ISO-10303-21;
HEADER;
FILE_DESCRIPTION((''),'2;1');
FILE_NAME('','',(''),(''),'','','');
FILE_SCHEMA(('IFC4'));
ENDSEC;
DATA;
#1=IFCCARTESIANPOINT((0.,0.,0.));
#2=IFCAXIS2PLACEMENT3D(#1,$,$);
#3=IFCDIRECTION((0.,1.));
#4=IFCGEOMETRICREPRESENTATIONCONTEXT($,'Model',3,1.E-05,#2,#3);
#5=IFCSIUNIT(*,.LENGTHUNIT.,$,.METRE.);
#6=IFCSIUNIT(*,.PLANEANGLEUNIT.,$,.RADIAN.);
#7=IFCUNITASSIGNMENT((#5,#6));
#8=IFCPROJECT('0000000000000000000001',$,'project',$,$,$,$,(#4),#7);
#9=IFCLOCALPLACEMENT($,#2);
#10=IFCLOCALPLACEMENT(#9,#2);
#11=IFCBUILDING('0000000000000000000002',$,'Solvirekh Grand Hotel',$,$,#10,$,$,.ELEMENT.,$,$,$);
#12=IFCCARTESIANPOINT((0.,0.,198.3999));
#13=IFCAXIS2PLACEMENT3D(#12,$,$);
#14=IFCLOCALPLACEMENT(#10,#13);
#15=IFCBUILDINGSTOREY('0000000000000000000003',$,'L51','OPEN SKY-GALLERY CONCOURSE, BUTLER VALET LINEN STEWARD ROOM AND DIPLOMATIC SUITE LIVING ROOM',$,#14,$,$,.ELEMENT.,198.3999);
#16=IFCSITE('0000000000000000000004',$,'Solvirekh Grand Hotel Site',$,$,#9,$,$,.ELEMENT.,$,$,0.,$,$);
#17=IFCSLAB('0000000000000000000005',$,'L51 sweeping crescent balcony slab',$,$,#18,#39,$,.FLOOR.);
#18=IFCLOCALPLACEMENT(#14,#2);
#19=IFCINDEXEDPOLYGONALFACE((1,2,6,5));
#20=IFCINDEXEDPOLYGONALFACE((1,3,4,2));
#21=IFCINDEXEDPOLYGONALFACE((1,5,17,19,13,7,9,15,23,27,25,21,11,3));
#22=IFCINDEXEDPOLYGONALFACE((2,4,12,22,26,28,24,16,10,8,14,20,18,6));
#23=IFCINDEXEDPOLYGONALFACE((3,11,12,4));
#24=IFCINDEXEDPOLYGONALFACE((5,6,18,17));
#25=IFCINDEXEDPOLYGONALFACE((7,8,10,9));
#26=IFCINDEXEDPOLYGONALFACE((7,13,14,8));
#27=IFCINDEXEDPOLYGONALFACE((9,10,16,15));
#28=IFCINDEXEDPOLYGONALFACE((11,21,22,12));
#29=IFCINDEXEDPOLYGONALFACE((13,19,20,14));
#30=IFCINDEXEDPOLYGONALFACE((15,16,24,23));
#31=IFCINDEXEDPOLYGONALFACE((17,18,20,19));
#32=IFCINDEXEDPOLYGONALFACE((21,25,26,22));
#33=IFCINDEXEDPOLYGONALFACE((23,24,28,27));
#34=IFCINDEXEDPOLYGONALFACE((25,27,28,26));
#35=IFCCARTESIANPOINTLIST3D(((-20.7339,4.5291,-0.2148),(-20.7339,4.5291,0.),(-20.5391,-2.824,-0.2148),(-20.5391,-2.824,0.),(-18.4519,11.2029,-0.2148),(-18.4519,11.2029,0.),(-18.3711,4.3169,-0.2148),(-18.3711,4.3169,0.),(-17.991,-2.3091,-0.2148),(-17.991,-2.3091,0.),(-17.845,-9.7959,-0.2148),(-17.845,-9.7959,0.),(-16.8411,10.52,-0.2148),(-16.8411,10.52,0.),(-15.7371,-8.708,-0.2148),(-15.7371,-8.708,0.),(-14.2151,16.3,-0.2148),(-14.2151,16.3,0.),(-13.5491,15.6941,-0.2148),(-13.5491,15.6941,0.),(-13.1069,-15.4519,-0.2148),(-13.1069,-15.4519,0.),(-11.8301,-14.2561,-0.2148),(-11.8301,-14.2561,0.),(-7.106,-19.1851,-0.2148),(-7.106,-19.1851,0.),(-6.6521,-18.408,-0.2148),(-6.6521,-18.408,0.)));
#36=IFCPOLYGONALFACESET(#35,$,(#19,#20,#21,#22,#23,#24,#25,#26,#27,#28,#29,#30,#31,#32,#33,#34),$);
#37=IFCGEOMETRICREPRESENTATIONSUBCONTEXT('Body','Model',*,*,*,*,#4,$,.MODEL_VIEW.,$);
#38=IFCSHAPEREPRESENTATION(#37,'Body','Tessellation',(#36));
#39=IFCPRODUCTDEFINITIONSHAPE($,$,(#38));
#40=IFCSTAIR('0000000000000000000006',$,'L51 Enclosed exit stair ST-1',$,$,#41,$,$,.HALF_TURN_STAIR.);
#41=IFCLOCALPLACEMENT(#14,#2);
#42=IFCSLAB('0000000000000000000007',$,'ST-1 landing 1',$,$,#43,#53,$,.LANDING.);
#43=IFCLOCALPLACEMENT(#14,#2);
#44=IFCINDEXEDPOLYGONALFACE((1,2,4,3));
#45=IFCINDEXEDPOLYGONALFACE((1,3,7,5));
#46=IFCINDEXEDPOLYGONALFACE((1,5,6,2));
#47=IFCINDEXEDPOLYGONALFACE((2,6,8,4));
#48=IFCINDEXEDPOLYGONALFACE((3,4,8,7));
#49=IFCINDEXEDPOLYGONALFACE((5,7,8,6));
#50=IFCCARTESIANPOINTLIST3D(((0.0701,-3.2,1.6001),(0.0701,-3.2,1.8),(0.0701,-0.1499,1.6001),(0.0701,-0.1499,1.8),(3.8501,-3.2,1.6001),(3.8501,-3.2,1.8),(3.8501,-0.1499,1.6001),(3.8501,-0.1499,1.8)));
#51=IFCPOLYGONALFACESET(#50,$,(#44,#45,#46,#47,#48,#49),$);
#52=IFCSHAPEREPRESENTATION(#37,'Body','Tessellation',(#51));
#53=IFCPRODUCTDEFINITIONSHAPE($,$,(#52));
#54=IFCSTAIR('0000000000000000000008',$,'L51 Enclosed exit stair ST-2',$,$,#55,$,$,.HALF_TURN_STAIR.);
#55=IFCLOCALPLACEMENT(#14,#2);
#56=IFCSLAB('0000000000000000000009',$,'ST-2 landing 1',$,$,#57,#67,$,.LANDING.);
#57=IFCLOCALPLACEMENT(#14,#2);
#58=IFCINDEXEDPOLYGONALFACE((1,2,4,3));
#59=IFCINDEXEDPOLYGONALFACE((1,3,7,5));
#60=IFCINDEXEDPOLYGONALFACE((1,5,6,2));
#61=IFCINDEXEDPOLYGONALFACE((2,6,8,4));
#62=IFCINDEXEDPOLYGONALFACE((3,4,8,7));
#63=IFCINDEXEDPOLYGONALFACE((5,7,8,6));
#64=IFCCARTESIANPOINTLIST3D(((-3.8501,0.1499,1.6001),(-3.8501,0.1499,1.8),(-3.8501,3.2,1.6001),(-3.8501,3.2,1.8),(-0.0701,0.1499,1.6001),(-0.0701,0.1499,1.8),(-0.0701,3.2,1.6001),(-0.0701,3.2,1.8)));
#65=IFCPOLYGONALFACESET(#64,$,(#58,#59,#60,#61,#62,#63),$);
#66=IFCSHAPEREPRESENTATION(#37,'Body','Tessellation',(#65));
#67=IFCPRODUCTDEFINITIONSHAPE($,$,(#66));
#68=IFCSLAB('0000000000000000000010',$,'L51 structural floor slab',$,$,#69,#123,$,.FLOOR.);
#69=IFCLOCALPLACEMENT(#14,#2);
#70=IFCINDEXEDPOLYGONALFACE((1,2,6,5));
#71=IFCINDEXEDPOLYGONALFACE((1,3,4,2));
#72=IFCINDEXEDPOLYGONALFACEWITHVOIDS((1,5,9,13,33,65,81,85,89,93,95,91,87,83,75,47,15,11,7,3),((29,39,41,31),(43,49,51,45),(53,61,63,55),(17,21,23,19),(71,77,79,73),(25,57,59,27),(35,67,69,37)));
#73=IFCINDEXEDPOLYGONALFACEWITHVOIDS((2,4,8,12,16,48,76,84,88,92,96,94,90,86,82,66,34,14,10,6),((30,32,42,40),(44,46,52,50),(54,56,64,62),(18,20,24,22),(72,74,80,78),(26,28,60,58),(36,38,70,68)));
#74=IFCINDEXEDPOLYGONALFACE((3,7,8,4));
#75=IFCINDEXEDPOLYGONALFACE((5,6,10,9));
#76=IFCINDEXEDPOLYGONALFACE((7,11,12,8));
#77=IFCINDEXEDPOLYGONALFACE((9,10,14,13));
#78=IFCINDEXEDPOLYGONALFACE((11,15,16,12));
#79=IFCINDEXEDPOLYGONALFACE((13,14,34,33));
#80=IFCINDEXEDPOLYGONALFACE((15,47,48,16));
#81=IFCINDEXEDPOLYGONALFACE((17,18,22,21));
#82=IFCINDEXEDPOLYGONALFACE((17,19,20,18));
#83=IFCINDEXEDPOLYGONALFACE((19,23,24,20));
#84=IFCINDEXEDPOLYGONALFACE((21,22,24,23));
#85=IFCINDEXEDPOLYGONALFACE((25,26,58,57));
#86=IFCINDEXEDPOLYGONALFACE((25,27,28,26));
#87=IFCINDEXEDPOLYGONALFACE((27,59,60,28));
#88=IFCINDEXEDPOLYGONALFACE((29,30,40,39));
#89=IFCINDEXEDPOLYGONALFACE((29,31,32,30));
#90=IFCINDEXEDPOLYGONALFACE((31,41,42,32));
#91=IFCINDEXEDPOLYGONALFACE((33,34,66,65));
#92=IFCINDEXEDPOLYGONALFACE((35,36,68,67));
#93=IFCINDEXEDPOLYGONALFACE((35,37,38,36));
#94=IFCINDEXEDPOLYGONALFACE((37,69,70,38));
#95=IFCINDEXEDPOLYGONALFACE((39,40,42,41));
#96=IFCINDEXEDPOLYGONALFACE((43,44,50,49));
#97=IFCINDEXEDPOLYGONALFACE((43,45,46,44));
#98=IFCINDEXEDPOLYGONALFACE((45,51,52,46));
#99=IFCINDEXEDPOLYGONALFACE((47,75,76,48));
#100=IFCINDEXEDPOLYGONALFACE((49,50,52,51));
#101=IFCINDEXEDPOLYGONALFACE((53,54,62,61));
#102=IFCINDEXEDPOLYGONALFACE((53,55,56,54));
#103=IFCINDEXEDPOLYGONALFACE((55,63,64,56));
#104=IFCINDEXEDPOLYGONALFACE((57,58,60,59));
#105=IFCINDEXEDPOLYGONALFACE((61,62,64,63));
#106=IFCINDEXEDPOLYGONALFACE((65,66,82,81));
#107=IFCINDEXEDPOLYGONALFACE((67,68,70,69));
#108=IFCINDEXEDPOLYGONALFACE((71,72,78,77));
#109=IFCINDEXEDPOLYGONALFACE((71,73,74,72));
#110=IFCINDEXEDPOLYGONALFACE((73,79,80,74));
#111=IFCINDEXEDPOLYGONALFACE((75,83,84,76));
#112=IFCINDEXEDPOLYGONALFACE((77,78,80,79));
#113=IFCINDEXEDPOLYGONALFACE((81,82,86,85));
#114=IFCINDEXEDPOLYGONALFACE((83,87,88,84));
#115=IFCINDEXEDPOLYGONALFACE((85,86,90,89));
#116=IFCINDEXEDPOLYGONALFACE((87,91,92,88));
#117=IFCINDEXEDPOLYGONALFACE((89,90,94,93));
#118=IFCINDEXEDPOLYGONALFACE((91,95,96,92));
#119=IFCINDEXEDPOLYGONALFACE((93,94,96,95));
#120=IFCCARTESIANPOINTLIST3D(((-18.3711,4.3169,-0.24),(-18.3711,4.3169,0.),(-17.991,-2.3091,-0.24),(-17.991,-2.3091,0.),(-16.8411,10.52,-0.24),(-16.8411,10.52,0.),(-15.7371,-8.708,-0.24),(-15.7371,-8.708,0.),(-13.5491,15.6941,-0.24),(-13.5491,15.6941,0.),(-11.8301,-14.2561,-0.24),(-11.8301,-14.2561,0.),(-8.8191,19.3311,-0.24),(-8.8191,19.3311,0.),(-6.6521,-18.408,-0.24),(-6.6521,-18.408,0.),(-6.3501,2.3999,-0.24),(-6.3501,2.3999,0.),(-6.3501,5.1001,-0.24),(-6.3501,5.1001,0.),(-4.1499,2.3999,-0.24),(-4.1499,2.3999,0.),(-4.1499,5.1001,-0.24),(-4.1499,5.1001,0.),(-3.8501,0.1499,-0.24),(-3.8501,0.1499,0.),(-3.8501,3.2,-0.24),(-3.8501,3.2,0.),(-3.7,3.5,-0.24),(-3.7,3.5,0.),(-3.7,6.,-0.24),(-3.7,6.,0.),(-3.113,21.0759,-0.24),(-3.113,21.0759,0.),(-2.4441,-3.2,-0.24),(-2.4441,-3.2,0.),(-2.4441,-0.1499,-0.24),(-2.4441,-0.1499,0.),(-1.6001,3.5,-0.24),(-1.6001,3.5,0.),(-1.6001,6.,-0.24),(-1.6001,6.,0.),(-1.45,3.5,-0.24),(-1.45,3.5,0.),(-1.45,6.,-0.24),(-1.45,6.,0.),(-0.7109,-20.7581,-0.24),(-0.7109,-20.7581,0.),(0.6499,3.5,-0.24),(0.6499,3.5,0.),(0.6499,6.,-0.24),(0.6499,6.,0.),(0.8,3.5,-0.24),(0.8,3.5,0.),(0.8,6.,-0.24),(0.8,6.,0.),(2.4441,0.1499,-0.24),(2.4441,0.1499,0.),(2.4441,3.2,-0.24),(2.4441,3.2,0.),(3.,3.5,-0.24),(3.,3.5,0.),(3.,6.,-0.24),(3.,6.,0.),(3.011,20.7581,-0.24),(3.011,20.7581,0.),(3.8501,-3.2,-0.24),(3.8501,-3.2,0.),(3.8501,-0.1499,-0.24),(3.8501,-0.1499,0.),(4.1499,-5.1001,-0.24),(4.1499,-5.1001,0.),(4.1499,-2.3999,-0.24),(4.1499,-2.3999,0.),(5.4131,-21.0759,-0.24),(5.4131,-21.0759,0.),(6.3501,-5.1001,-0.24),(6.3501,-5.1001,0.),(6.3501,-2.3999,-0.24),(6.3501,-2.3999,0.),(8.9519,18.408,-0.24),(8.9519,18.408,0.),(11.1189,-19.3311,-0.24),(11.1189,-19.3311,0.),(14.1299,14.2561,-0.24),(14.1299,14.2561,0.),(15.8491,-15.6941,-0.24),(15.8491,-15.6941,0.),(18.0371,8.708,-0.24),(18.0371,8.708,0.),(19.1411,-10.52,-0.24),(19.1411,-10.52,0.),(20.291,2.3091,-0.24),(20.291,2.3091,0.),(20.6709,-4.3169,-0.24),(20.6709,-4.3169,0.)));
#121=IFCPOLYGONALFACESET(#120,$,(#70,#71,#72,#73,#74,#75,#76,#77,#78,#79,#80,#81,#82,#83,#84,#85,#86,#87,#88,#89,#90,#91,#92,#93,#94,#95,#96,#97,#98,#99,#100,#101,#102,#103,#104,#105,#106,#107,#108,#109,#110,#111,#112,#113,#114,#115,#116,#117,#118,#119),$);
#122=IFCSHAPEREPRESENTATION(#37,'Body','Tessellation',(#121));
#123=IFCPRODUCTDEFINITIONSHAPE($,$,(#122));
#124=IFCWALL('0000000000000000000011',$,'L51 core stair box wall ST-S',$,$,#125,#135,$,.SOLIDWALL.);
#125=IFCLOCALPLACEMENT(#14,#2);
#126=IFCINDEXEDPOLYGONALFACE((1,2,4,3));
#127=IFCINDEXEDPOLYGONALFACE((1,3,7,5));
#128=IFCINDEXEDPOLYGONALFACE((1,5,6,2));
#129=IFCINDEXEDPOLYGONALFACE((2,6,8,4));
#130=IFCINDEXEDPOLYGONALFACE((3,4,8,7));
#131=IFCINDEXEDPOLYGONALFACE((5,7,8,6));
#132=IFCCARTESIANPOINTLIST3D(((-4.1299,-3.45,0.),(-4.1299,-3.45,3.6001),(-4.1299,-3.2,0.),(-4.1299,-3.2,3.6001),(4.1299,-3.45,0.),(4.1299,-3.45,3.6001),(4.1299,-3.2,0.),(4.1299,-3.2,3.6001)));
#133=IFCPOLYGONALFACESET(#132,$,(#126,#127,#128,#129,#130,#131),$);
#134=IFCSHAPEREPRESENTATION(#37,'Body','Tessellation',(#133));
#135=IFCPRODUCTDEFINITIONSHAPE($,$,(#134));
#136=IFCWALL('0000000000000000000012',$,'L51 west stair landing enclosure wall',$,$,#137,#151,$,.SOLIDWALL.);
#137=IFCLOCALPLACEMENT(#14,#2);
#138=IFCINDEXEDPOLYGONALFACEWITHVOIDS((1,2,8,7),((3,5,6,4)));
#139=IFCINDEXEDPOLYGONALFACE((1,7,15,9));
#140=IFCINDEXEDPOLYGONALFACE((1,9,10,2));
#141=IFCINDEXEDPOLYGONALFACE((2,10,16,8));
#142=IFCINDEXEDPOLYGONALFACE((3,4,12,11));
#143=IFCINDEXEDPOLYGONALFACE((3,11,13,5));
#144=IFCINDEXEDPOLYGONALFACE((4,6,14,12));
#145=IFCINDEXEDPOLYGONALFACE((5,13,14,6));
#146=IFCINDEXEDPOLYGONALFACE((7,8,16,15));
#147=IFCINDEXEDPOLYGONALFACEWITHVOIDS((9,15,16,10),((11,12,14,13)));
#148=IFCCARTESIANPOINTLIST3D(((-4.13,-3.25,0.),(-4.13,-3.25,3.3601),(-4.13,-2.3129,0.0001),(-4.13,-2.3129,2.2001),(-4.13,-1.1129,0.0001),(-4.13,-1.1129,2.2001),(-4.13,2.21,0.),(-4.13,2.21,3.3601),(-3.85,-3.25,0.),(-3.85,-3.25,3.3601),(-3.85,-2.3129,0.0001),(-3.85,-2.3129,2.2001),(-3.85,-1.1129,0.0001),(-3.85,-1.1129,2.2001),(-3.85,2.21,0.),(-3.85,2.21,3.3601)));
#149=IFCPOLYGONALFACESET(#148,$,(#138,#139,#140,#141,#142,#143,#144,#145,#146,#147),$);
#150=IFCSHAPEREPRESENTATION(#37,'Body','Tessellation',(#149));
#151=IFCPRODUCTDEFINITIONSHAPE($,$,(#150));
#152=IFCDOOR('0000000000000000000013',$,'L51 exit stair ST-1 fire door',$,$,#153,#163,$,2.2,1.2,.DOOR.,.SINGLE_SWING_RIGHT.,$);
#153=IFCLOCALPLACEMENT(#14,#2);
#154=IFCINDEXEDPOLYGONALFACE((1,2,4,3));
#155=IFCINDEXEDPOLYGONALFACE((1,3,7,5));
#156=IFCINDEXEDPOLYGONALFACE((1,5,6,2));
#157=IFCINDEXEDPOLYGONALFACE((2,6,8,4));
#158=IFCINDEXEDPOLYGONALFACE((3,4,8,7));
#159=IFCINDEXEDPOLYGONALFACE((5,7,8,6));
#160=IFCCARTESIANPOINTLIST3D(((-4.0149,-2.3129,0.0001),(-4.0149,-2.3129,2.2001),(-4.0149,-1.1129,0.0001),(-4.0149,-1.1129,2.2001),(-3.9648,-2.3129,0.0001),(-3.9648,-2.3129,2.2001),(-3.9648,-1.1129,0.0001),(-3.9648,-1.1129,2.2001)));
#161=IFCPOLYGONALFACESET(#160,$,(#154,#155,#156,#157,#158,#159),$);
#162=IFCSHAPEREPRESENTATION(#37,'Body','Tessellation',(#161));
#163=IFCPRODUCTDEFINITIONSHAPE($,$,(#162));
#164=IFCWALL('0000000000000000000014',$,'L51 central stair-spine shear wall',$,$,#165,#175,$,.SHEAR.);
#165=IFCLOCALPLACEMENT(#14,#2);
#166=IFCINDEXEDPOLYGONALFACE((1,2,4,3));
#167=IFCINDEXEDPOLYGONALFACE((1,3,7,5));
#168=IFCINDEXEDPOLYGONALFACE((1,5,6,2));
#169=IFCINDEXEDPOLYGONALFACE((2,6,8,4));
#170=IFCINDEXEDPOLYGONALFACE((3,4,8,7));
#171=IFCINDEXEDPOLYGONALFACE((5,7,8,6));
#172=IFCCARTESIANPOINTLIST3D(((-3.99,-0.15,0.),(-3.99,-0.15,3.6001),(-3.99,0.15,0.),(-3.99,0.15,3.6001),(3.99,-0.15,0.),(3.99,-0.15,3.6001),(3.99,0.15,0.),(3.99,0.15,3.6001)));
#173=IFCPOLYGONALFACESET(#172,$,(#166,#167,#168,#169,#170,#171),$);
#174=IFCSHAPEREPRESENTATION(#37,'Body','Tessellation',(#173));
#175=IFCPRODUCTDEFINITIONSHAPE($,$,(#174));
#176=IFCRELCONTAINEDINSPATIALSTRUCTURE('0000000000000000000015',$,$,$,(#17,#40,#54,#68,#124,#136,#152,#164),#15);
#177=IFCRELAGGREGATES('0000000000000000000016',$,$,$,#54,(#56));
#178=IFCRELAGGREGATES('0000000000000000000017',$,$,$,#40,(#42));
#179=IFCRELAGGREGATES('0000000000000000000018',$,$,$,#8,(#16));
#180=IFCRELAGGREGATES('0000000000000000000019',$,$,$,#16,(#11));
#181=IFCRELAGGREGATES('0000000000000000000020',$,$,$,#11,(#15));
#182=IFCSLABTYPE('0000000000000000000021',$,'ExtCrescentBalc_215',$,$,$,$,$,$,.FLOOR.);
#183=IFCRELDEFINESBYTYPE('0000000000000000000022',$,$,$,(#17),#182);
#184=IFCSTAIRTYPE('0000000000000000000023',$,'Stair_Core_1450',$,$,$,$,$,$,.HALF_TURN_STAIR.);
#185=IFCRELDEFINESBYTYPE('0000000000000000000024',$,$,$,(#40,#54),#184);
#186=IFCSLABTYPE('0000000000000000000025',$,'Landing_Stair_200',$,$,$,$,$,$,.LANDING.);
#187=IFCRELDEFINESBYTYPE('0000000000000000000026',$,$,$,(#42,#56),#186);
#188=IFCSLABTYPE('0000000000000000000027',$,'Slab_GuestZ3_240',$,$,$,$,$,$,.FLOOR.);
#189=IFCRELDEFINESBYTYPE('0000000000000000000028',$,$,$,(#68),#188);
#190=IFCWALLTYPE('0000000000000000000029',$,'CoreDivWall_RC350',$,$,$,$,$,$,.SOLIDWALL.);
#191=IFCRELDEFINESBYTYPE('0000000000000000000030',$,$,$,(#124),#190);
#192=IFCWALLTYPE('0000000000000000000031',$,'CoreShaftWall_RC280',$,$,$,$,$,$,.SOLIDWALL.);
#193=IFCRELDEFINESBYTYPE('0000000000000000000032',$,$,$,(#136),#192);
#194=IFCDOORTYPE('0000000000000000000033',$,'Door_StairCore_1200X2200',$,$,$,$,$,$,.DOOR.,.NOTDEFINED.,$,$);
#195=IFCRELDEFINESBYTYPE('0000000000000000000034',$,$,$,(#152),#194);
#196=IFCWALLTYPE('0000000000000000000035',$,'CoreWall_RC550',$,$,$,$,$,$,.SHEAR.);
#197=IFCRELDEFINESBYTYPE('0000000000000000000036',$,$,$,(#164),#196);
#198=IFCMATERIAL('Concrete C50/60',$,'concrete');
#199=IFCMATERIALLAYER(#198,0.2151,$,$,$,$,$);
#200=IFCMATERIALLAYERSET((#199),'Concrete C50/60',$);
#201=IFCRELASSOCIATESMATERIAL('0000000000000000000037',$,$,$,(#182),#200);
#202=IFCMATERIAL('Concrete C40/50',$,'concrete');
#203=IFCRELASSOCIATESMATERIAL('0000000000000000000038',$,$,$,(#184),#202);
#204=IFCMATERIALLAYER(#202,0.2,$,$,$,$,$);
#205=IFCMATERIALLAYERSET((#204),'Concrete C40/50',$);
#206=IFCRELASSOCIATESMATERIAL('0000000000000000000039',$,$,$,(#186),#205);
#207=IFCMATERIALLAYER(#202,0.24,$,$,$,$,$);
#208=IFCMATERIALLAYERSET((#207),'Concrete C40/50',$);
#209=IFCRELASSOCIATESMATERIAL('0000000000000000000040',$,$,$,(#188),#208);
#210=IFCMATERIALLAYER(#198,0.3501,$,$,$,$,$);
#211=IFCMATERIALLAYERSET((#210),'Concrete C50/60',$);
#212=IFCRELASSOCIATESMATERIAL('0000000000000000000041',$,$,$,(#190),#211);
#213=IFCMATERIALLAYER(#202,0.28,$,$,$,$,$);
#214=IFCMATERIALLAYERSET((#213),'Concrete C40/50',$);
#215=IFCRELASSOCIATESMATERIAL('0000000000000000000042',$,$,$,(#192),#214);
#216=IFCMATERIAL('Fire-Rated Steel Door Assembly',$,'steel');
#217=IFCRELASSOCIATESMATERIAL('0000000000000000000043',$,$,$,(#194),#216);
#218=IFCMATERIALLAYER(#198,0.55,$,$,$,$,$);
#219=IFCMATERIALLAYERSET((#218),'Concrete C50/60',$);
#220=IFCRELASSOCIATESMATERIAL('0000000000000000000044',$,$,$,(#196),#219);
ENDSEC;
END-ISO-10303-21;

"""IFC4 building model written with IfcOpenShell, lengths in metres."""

from ifc_helpers import new_model, si_unit, direction, frame, frame_2d, origin, place, context, subcontext, project, spatial, polyline, rectangle, outline, extrude, material, layer, layer_set, type_object, element, fill, aggregate, save


model = new_model("IFC4")

# Units and contexts
model_context = context("Model", 3, precision=1e-05, world=origin(), true_north=direction((0.0, 1.0)))
body_context = subcontext(model_context, "Body", "Model", "MODEL_VIEW")
ifc_project = project(units=[si_unit("LENGTHUNIT", "METRE"), si_unit("PLANEANGLEUNIT", "RADIAN")], contexts=[model_context])

# Site, building, storey
site_placement = place(None, origin())
site = spatial("IfcSite", under=ifc_project, at=site_placement, Name="Solvirekh Grand Hotel Site", CompositionType="ELEMENT", RefElevation=0.0)
building_placement = place(site_placement, origin())
building = spatial("IfcBuilding", under=site, at=building_placement, Name="Solvirekh Grand Hotel", CompositionType="ELEMENT")
storey_placement = place(building_placement, frame((0.0, 0.0, 198.3999)))
storey = spatial("IfcBuildingStorey", under=building, at=storey_placement, Name="L51", Description="OPEN SKY-GALLERY CONCOURSE, BUTLER VALET LINEN STEWARD ROOM AND DIPLOMATIC SUITE LIVING ROOM", CompositionType="ELEMENT", Elevation=198.3999)

# Slab
ifc_material_1 = material(Name="Concrete C50/60", Category="concrete")
ifc_layer_1 = layer(ifc_material_1, 0.2151)
ifc_layer_set_1 = layer_set([ifc_layer_1], Name="Concrete C50/60")
slab_type_1 = type_object("IfcSlabType", Name="ExtCrescentBalc_215", PredefinedType="FLOOR", material=ifc_layer_set_1)
slab_1_placement = place(storey_placement, frame((0.0, 0.0, -0.2148)))
element("IfcSlab", 1, at=slab_1_placement, inside=storey, type_object=slab_type_1, Name="L51 sweeping crescent balcony slab", PredefinedType="FLOOR", context=body_context, shape_type="SweptSolid", body=[
    extrude(outline(polyline([(-14.2151, 16.3), (-18.4519, 11.2029), (-20.7339, 4.5291), (-20.5391, -2.824), (-17.845, -9.7959), (-13.1069, -15.4519), (-7.106, -19.1851), (-6.6521, -18.408), (-11.8301, -14.2561), (-15.7371, -8.708), (-17.991, -2.3091), (-18.3711, 4.3169), (-16.8411, 10.52), (-13.5491, 15.6941), (-14.2151, 16.3)])), origin(), (0.0, 0.0, 1.0), 0.2148),
])

# Stairs, slabs
ifc_material_2 = material(Name="Concrete C40/50", Category="concrete")
stair_type = type_object("IfcStairType", Name="Stair_Core_1450", PredefinedType="HALF_TURN_STAIR", material=ifc_material_2)
stair_1_placement = place(storey_placement, origin())
stair_1 = element("IfcStair", 2, at=stair_1_placement, inside=storey, type_object=stair_type, Name="L51 Enclosed exit stair ST-1", PredefinedType="HALF_TURN_STAIR")
ifc_layer_2 = layer(ifc_material_2, 0.2)
ifc_layer_set_2 = layer_set([ifc_layer_2], Name="Concrete C40/50")
slab_type_2 = type_object("IfcSlabType", Name="Landing_Stair_200", PredefinedType="LANDING", material=ifc_layer_set_2)
slab_2_placement = place(storey_placement, frame((0.0, 0.0, 1.6001)))
slab_2 = element("IfcSlab", 3, at=slab_2_placement, type_object=slab_type_2, Name="ST-1 landing 1", PredefinedType="LANDING", context=body_context, shape_type="SweptSolid", body=[
    extrude(outline(polyline([(0.0701, -3.2), (3.8501, -3.2), (3.8501, -0.1499), (0.0701, -0.1499), (0.0701, -3.2)])), origin(), (0.0, 0.0, 1.0), 0.2),
])
stair_2_placement = place(storey_placement, origin())
stair_2 = element("IfcStair", 4, at=stair_2_placement, inside=storey, type_object=stair_type, Name="L51 Enclosed exit stair ST-2", PredefinedType="HALF_TURN_STAIR")
slab_3_placement = place(storey_placement, frame((0.0, 0.0, 1.6001)))
slab_3 = element("IfcSlab", 5, at=slab_3_placement, type_object=slab_type_2, Name="ST-2 landing 1", PredefinedType="LANDING", context=body_context, shape_type="SweptSolid", body=[
    extrude(outline(polyline([(-0.0701, 3.2), (-3.8501, 3.2), (-3.8501, 0.1499), (-0.0701, 0.1499), (-0.0701, 3.2)])), origin(), (0.0, 0.0, 1.0), 0.2),
])
aggregate(stair_2, [slab_3])

# Slab
ifc_layer_3 = layer(ifc_material_2, 0.24)
ifc_layer_set_3 = layer_set([ifc_layer_3], Name="Concrete C40/50")
slab_type_3 = type_object("IfcSlabType", Name="Slab_GuestZ3_240", PredefinedType="FLOOR", material=ifc_layer_set_3)
slab_4_placement = place(storey_placement, frame((0.0, 0.0, -0.24)))
element("IfcSlab", 6, at=slab_4_placement, inside=storey, type_object=slab_type_3, Name="L51 structural floor slab", PredefinedType="FLOOR", context=body_context, shape_type="SweptSolid", body=[
    extrude(outline(polyline([(11.1189, -19.3311), (15.8491, -15.6941), (19.1411, -10.52), (20.6709, -4.3169), (20.291, 2.3091), (18.0371, 8.708), (14.1299, 14.2561), (8.9519, 18.408), (3.011, 20.7581), (-3.113, 21.0759), (-8.8191, 19.3311), (-13.5491, 15.6941), (-16.8411, 10.52), (-18.3711, 4.3169), (-17.991, -2.3091), (-15.7371, -8.708), (-11.8301, -14.2561), (-6.6521, -18.408), (-0.7109, -20.7581), (5.4131, -21.0759), (11.1189, -19.3311)]), holes=[polyline([(-2.4441, -0.1499), (3.8501, -0.1499), (3.8501, -3.2), (-2.4441, -3.2), (-2.4441, -0.1499)]), polyline([(2.4441, 0.1499), (-3.8501, 0.1499), (-3.8501, 3.2), (2.4441, 3.2), (2.4441, 0.1499)]), polyline([(-3.7, 6.0), (-1.6001, 6.0), (-1.6001, 3.5), (-3.7, 3.5), (-3.7, 6.0)]), polyline([(-1.45, 6.0), (0.6499, 6.0), (0.6499, 3.5), (-1.45, 3.5), (-1.45, 6.0)]), polyline([(0.8, 6.0), (3.0, 6.0), (3.0, 3.5), (0.8, 3.5), (0.8, 6.0)]), polyline([(-6.3501, 5.1001), (-4.1499, 5.1001), (-4.1499, 2.3999), (-6.3501, 2.3999), (-6.3501, 5.1001)]), polyline([(4.1499, -2.3999), (6.3501, -2.3999), (6.3501, -5.1001), (4.1499, -5.1001), (4.1499, -2.3999)])]), origin(), (0.0, 0.0, 1.0), 0.24),
])

# Wall
ifc_layer_4 = layer(ifc_material_1, 0.3501)
ifc_layer_set_4 = layer_set([ifc_layer_4], Name="Concrete C50/60")
wall_type_1 = type_object("IfcWallType", Name="CoreDivWall_RC350", PredefinedType="SOLIDWALL", material=ifc_layer_set_4)
wall_1_placement = place(storey_placement, frame((-4.1299, -3.325, 0.0), z_axis=(0.0, 0.0, 1.0), x_axis=(1.0, 0.0, 0.0)))
element("IfcWall", 7, at=wall_1_placement, inside=storey, type_object=wall_type_1, Name="L51 core stair box wall ST-S", PredefinedType="SOLIDWALL", context=body_context, shape_type="SweptSolid", body=[
    extrude(rectangle(XDim=8.2598, YDim=0.25, at=frame_2d((4.1299, 0.0))), origin(), (0.0, 0.0, 1.0), 3.6001),
])

# Wall, opening, door
ifc_layer_5 = layer(ifc_material_2, 0.28)
ifc_layer_set_5 = layer_set([ifc_layer_5], Name="Concrete C40/50")
wall_type_2 = type_object("IfcWallType", Name="CoreShaftWall_RC280", PredefinedType="SOLIDWALL", material=ifc_layer_set_5)
wall_2_placement = place(storey_placement, frame((-3.99, -3.25, 0.0), z_axis=(0.0, 0.0, 1.0), x_axis=(0.0, 1.0, 0.0)))
wall_2 = element("IfcWall", 8, at=wall_2_placement, inside=storey, type_object=wall_type_2, Name="L51 west stair landing enclosure wall", PredefinedType="SOLIDWALL", context=body_context, shape_type="SweptSolid", body=[
    extrude(rectangle(XDim=5.46, YDim=0.28, at=frame_2d((2.73, 0.0))), origin(), (0.0, 0.0, 1.0), 3.3601),
])
opening_placement = place(wall_2_placement, frame((0.937, 0.0, 0.0)))
opening = element("IfcOpeningElement", 9, at=opening_placement, cuts=wall_2, PredefinedType="OPENING", context=body_context, shape_type="SweptSolid", body=[
    extrude(rectangle(XDim=1.2, YDim=2.2, at=frame_2d((0.6001, 1.1001))), frame((0.0, 0.1499, 0.0), z_axis=(0.0, -1.0, 0.0), x_axis=(1.0, 0.0, 0.0)), (0.0, 0.0, 1.0), 0.3),
])
ifc_material_3 = material(Name="Fire-Rated Steel Door Assembly", Category="steel")
door_type = type_object("IfcDoorType", Name="Door_StairCore_1200X2200", OperationType="NOTDEFINED", PredefinedType="DOOR", material=ifc_material_3)
door_placement = place(opening_placement, origin())
door = element("IfcDoor", 10, at=door_placement, inside=storey, type_object=door_type, Name="L51 exit stair ST-1 fire door", OperationType="SINGLE_SWING_RIGHT", OverallHeight=2.2, OverallWidth=1.2, PredefinedType="DOOR", context=body_context, shape_type="SweptSolid", body=[
    extrude(rectangle(XDim=1.2, YDim=2.2, at=frame_2d((0.6001, 1.1001))), frame((0.0, 0.0249, 0.0), z_axis=(0.0, -1.0, 0.0), x_axis=(1.0, 0.0, 0.0)), (0.0, 0.0, 1.0), 0.05),
])
fill(opening, door)

# Wall
ifc_layer_6 = layer(ifc_material_1, 0.55)
ifc_layer_set_6 = layer_set([ifc_layer_6], Name="Concrete C50/60")
wall_type_3 = type_object("IfcWallType", Name="CoreWall_RC550", PredefinedType="SHEAR", material=ifc_layer_set_6)
wall_3_placement = place(storey_placement, frame((-3.99, 0.0, 0.0), z_axis=(0.0, 0.0, 1.0), x_axis=(1.0, 0.0, 0.0)))
element("IfcWall", 11, at=wall_3_placement, inside=storey, type_object=wall_type_3, Name="L51 central stair-spine shear wall", PredefinedType="SHEAR", context=body_context, shape_type="SweptSolid", body=[
    extrude(rectangle(XDim=7.98, YDim=0.3, at=frame_2d((3.99, 0.0))), origin(), (0.0, 0.0, 1.0), 3.6001),
])

aggregate(stair_1, [slab_2])

save(model, "model.ifc")
